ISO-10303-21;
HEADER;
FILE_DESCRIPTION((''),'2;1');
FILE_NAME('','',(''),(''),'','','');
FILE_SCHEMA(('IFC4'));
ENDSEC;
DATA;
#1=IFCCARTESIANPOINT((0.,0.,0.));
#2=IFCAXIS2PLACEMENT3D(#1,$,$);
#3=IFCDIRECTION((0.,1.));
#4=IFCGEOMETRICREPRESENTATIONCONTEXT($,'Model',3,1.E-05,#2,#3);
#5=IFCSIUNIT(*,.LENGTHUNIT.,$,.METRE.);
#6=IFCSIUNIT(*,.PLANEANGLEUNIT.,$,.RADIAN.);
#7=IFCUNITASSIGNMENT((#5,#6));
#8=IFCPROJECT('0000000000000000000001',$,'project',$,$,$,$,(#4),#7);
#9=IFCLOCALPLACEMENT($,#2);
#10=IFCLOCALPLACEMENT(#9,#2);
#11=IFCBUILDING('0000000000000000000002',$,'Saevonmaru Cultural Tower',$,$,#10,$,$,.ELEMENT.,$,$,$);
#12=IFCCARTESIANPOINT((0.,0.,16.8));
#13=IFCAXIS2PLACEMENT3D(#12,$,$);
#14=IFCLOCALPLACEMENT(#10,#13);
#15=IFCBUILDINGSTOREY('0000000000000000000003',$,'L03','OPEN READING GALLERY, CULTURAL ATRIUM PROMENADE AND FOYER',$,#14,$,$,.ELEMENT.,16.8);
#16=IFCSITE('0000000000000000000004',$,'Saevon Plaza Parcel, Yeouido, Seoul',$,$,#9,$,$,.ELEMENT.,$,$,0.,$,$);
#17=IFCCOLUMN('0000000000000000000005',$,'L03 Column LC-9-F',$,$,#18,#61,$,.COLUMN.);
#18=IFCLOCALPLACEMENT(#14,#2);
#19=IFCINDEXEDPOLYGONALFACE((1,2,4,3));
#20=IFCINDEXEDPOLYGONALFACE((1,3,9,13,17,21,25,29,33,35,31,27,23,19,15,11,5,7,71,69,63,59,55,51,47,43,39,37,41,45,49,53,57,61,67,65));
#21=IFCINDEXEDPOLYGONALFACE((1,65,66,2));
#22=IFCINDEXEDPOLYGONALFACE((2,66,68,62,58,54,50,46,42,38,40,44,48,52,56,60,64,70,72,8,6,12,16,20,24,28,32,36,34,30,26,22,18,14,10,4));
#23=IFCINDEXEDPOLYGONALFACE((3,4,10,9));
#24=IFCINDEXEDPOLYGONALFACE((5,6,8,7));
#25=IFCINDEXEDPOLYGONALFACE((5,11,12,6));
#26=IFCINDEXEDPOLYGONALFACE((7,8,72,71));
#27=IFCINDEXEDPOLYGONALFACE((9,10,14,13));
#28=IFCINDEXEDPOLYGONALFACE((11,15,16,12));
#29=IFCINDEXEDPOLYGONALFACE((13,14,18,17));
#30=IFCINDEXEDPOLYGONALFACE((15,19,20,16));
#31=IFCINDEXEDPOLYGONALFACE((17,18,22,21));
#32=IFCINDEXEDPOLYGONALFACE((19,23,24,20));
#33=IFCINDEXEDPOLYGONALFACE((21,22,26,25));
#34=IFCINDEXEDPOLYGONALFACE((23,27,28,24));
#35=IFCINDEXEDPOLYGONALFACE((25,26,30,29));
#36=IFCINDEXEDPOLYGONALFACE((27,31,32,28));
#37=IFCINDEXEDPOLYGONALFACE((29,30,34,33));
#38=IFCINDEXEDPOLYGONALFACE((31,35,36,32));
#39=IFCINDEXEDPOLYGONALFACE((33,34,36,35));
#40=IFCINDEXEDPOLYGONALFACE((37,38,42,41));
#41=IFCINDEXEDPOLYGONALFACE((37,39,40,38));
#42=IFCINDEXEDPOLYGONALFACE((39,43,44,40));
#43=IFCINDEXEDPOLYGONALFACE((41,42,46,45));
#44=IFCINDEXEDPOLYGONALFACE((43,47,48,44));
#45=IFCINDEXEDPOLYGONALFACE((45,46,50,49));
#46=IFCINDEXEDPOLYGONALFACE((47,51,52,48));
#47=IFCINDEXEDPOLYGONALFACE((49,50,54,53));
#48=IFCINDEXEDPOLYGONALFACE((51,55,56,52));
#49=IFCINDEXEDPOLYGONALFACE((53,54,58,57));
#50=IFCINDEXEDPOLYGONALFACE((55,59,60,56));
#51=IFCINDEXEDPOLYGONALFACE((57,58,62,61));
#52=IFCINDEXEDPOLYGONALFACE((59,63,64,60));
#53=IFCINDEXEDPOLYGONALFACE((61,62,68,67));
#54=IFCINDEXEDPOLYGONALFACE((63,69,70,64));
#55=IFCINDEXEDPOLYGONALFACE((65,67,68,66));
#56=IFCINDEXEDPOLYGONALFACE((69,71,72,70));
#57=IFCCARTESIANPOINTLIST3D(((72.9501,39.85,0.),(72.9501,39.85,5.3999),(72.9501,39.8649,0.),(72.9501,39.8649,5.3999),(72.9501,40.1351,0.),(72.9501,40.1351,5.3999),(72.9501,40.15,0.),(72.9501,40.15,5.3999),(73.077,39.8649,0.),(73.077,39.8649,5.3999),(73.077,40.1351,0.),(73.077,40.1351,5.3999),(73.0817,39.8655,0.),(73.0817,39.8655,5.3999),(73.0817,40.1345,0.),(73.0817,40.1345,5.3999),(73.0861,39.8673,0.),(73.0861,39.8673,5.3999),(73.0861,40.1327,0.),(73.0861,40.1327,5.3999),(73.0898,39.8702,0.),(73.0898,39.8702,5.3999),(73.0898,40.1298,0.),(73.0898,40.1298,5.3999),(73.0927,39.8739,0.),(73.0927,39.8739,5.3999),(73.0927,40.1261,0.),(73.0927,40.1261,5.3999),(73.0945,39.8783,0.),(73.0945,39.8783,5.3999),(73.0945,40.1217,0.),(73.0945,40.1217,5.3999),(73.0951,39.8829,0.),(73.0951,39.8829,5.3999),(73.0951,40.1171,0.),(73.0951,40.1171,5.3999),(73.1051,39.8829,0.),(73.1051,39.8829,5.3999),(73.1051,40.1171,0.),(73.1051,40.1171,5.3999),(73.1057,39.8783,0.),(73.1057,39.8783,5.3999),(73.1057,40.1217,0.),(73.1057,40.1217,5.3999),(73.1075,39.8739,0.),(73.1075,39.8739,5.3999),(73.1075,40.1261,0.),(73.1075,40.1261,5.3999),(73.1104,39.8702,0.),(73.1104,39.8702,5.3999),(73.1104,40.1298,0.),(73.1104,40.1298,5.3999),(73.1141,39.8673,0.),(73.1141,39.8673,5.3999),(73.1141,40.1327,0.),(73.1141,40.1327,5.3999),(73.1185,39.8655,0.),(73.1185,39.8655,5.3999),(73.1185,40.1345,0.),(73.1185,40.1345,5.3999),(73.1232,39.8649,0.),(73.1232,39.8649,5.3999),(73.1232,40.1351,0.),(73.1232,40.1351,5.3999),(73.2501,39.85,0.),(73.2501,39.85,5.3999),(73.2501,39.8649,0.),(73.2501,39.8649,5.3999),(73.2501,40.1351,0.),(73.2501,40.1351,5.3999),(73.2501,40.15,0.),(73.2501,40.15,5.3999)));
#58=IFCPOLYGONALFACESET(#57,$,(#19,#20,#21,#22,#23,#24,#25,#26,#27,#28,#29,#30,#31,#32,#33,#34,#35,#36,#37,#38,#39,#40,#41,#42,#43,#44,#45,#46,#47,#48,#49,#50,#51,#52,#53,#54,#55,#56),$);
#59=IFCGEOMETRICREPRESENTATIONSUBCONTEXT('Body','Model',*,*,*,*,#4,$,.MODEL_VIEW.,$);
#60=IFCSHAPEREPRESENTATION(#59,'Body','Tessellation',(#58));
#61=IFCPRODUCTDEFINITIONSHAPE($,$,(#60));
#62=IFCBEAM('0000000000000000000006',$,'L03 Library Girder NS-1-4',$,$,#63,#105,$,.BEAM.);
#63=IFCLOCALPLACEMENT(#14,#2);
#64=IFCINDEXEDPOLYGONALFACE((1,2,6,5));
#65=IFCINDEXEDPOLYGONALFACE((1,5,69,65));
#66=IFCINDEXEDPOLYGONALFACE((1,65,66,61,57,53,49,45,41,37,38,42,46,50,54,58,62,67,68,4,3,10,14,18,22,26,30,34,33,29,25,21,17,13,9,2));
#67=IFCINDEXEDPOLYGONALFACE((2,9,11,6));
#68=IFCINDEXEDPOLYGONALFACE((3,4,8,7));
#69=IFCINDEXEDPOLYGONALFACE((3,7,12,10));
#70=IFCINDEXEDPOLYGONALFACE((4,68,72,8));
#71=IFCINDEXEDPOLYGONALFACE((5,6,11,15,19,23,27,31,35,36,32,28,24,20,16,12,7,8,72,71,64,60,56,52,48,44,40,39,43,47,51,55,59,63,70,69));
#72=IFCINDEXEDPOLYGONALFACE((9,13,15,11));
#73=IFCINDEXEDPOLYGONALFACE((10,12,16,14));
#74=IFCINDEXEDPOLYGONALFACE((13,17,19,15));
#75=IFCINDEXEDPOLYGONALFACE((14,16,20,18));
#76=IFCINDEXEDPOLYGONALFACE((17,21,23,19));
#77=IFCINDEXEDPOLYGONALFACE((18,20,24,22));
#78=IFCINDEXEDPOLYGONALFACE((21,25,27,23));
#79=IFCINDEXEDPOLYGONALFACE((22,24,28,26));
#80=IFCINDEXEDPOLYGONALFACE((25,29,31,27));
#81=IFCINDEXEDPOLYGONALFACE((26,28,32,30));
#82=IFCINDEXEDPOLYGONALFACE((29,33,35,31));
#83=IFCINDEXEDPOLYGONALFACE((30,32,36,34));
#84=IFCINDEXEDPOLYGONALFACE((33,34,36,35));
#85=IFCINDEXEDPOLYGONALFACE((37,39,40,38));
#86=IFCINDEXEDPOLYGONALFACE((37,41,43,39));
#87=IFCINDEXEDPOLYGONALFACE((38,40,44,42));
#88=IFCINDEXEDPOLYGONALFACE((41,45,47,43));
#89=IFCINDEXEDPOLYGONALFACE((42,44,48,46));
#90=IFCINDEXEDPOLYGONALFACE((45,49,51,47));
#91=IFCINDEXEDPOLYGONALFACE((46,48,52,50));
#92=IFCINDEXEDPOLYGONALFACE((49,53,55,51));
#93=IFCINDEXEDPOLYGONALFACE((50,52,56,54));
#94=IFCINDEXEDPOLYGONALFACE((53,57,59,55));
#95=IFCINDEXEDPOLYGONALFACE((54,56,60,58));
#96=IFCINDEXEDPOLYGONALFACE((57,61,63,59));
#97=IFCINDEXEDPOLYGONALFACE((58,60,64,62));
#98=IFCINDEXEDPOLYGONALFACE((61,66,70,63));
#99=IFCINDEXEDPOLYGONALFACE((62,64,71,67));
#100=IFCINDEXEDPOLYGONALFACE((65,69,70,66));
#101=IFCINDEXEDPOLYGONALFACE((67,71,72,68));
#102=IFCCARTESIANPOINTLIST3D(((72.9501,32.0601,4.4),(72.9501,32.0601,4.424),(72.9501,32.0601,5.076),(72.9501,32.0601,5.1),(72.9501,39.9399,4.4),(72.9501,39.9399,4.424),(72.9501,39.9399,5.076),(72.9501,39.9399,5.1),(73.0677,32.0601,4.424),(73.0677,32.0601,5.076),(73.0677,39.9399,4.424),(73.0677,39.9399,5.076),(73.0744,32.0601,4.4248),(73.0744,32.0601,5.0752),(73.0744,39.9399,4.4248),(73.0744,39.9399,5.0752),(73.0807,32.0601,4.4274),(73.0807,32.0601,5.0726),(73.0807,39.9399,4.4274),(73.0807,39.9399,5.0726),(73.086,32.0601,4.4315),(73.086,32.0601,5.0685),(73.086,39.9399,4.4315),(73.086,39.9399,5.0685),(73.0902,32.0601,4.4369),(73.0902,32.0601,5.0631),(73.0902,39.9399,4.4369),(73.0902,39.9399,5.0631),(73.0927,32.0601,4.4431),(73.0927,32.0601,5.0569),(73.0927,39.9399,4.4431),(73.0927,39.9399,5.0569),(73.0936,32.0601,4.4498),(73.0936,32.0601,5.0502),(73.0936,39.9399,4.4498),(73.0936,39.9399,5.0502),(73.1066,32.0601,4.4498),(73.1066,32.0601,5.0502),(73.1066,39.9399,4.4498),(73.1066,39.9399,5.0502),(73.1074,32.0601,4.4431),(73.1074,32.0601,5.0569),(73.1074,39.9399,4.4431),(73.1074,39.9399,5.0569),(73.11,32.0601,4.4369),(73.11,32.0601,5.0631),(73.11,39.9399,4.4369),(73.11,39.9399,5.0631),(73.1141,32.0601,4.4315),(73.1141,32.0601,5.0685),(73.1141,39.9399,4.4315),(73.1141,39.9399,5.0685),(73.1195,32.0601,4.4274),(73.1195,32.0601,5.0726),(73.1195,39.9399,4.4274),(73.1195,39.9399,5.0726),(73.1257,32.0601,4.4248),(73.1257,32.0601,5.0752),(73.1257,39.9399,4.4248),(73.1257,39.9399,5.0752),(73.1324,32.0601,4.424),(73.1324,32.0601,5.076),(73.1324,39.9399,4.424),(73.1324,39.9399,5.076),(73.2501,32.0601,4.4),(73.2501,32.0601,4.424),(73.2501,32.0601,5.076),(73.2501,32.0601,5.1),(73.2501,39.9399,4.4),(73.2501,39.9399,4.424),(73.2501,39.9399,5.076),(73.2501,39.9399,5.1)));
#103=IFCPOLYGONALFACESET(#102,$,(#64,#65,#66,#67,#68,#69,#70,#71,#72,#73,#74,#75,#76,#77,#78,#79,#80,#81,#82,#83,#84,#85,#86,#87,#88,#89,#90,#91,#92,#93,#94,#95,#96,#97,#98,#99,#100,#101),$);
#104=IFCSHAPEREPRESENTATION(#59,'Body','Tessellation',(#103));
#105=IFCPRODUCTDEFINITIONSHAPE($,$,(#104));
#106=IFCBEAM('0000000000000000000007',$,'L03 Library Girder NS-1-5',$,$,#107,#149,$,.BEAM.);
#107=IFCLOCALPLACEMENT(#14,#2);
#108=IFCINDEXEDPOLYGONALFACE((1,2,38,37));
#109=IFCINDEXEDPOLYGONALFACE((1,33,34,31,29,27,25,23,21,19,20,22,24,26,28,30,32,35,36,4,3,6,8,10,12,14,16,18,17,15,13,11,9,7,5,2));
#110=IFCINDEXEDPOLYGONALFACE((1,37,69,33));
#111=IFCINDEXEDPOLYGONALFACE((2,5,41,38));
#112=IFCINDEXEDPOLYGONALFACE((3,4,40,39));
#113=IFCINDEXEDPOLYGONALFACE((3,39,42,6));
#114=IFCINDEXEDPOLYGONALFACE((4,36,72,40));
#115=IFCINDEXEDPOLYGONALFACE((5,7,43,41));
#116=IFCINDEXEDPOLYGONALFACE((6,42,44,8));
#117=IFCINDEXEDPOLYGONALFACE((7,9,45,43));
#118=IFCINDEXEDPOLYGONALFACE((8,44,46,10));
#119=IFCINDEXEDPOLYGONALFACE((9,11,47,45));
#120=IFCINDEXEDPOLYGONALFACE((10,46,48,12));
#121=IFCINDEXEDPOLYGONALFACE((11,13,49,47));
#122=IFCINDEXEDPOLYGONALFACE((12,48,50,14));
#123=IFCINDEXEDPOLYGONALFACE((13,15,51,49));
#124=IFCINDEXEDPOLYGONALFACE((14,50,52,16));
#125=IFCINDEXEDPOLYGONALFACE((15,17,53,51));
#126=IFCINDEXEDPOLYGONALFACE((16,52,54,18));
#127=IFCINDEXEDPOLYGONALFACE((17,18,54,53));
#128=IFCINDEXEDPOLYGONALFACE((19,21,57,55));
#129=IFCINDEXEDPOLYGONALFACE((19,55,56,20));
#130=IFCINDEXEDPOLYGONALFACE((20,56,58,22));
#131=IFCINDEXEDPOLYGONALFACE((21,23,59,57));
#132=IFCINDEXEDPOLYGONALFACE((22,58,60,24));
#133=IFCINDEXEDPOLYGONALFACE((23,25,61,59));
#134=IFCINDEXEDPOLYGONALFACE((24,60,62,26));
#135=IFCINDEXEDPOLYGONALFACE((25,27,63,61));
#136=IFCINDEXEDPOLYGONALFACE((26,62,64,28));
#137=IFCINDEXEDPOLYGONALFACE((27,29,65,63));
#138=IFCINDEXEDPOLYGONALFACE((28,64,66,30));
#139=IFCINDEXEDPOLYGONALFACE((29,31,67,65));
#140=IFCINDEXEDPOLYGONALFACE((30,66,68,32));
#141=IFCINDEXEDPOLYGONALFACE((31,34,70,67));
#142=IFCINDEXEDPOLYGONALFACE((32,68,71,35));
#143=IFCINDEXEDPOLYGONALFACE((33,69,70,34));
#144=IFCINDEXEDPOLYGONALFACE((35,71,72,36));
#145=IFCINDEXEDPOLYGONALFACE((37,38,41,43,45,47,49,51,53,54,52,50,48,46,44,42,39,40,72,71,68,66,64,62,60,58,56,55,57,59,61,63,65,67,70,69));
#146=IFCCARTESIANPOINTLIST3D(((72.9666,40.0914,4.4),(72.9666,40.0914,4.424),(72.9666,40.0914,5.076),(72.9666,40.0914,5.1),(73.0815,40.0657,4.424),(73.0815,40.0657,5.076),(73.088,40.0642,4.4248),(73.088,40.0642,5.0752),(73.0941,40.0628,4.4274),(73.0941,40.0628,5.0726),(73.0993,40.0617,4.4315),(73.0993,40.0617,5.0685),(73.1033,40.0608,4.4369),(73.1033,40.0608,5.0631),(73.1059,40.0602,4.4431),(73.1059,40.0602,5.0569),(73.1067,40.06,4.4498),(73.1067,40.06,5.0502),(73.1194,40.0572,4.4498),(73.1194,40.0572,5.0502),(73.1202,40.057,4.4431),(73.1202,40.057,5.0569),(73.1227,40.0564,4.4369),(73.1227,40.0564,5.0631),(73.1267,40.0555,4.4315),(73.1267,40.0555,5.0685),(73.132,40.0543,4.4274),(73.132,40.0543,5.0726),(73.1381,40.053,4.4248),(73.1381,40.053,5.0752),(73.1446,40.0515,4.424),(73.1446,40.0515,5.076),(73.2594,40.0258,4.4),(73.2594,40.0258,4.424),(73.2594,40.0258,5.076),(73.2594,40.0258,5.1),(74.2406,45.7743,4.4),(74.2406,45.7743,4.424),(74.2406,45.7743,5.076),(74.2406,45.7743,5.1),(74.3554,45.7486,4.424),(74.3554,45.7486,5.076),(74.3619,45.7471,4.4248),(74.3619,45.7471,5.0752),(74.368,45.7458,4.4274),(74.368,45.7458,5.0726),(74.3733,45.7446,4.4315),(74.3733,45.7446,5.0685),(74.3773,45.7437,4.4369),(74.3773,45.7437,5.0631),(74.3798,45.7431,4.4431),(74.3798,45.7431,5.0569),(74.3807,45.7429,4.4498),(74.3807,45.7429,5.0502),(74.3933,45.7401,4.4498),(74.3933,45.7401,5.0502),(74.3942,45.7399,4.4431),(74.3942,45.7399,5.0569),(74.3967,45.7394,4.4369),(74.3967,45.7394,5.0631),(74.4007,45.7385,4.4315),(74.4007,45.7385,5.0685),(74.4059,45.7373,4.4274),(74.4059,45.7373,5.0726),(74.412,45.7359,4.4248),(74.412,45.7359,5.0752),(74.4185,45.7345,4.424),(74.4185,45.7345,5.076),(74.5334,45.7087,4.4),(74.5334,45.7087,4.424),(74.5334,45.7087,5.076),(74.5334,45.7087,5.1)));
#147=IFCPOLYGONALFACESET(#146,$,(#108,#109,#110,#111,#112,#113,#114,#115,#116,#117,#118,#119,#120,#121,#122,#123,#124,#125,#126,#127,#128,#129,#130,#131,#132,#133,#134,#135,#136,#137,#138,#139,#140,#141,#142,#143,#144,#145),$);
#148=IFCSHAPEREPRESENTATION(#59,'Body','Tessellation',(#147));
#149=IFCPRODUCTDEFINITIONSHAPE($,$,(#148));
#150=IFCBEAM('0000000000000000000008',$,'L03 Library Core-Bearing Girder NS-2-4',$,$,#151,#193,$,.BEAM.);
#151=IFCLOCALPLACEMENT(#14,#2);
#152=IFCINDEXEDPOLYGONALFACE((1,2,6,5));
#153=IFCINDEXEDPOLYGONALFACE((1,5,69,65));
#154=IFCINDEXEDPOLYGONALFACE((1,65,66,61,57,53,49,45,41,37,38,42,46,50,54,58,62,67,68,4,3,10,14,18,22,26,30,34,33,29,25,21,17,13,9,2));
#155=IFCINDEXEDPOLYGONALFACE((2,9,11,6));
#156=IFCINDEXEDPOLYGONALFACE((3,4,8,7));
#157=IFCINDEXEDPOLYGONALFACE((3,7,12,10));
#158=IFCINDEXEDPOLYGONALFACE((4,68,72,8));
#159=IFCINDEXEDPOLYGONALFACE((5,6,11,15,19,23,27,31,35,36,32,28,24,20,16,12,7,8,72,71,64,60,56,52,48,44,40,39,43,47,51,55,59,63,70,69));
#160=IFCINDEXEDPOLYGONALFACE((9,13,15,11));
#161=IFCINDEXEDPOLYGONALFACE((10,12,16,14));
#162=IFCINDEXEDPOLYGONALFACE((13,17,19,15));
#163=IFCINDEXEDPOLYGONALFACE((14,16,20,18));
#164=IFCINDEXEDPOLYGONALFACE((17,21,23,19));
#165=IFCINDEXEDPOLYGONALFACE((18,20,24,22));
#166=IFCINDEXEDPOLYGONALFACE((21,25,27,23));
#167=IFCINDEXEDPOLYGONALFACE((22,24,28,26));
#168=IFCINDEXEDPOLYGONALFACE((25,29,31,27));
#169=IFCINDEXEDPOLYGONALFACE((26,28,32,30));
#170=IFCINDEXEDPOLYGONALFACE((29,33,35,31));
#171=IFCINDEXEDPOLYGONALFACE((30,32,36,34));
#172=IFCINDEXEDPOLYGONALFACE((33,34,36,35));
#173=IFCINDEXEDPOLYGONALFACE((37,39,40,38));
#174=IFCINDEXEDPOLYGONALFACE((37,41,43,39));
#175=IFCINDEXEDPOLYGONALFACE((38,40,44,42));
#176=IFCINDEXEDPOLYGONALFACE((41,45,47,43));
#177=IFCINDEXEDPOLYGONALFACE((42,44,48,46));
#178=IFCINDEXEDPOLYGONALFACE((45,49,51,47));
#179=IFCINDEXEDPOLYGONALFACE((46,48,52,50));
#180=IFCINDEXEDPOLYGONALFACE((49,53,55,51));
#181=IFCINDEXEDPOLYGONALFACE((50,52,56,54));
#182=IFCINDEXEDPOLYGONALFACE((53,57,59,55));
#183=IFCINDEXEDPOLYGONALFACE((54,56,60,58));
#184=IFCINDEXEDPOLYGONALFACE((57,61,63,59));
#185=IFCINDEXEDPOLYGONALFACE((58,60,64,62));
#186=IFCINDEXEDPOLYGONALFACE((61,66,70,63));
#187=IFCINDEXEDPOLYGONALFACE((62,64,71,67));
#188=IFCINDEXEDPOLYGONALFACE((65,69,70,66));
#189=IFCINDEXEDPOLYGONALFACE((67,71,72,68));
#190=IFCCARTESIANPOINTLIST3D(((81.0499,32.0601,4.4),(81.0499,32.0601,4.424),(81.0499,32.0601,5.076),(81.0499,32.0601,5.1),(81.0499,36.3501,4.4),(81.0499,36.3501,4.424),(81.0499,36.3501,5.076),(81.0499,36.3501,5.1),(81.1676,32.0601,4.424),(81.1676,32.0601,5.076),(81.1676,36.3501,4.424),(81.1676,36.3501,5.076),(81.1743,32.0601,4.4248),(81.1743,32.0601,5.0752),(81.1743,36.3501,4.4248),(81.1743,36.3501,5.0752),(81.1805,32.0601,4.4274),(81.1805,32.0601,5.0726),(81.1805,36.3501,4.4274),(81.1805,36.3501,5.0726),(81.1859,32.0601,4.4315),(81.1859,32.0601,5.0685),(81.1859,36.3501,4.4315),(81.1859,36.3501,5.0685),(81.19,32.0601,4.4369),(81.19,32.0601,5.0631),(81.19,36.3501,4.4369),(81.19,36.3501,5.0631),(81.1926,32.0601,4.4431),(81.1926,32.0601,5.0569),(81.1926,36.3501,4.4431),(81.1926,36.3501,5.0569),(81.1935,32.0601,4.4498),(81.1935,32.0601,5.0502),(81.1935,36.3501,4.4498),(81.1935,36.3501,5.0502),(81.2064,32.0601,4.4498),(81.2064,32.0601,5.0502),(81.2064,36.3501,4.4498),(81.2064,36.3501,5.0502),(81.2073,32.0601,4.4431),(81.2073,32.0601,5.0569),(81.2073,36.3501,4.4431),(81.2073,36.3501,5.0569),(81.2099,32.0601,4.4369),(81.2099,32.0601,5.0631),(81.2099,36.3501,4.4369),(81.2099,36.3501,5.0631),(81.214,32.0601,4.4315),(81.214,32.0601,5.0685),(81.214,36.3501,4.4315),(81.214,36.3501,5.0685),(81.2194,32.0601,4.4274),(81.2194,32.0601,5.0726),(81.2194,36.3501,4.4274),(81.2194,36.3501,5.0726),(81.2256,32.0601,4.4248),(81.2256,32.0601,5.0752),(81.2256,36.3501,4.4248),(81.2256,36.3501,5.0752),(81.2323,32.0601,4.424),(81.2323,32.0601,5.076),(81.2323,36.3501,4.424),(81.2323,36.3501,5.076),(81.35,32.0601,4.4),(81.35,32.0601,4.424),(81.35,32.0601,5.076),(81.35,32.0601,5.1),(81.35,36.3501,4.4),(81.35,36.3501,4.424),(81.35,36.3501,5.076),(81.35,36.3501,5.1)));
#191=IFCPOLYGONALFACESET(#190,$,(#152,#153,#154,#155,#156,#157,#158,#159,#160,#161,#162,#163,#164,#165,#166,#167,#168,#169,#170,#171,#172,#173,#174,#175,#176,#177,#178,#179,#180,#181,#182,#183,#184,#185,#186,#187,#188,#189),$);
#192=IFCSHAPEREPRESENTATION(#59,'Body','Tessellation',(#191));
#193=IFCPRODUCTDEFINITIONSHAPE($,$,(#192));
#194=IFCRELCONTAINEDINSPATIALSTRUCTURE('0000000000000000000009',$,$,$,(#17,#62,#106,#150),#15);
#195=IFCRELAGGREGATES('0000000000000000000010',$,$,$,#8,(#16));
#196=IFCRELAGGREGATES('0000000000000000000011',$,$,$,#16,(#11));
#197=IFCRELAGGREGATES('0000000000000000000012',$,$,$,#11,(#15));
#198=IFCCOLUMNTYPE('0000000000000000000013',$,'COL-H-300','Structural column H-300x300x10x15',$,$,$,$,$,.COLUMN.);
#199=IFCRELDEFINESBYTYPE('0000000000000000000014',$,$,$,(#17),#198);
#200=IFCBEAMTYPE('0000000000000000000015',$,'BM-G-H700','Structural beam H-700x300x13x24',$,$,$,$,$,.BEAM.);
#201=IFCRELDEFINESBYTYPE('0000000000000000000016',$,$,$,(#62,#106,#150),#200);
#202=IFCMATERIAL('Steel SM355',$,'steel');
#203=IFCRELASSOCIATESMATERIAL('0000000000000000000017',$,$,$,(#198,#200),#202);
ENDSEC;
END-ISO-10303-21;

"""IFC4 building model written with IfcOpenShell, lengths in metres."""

from ifc_helpers import new_model, si_unit, direction, frame, origin, origin_2d, place, context, subcontext, project, spatial, i_section, extrude, material, material_profile, profile_set, type_object, element, save


model = new_model("IFC4")

# Units and contexts
model_context = context("Model", 3, precision=1e-05, world=origin(), true_north=direction((0.0, 1.0)))
body_context = subcontext(model_context, "Body", "Model", "MODEL_VIEW")
ifc_project = project(units=[si_unit("LENGTHUNIT", "METRE"), si_unit("PLANEANGLEUNIT", "RADIAN")], contexts=[model_context])

# Site, building, storey
site_placement = place(None, origin())
site = spatial("IfcSite", under=ifc_project, at=site_placement, Name="Saevon Plaza Parcel, Yeouido, Seoul", CompositionType="ELEMENT", RefElevation=0.0)
building_placement = place(site_placement, origin())
building = spatial("IfcBuilding", under=site, at=building_placement, Name="Saevonmaru Cultural Tower", CompositionType="ELEMENT")
storey_placement = place(building_placement, frame((0.0, 0.0, 16.8)))
storey = spatial("IfcBuildingStorey", under=building, at=storey_placement, Name="L03", Description="OPEN READING GALLERY, CULTURAL ATRIUM PROMENADE AND FOYER", CompositionType="ELEMENT", Elevation=16.8)

# Column
ifc_material_1 = material(Name="Steel SM355", Category="steel")
ifc_material_profile_1 = material_profile(ifc_material_1, i_section(OverallWidth=0.3, OverallDepth=0.3, WebThickness=0.01, FlangeThickness=0.0149, FilletRadius=0.0181, at=origin_2d()), Name="H-300x300x10x15")
ifc_profile_set_1 = profile_set([ifc_material_profile_1], Name="Steel SM355")
column_type = type_object("IfcColumnType", Name="COL-H-300", Description="Structural column H-300x300x10x15", PredefinedType="COLUMN", material=ifc_profile_set_1)
column_placement = place(storey_placement, frame((73.1001, 40.0, 0.0), z_axis=(0.0, 0.0, 1.0), x_axis=(1.0, 0.0, 0.0)))
element("IfcColumn", 1, at=column_placement, inside=storey, type_object=column_type, Name="L03 Column LC-9-F", PredefinedType="COLUMN", context=body_context, shape_type="SweptSolid", body=[
    extrude(i_section(OverallWidth=0.3, OverallDepth=0.3, WebThickness=0.01, FlangeThickness=0.0149, FilletRadius=0.0181, at=origin_2d()), origin(), (0.0, 0.0, 1.0), 5.3999),
])

# Beams
ifc_material_profile_2 = material_profile(ifc_material_1, i_section(OverallWidth=0.3, OverallDepth=0.7, WebThickness=0.0129, FlangeThickness=0.0239, FilletRadius=0.0259, at=origin_2d()), Name="H-700x300x13x24")
ifc_profile_set_2 = profile_set([ifc_material_profile_2], Name="Steel SM355")
beam_type = type_object("IfcBeamType", Name="BM-G-H700", Description="Structural beam H-700x300x13x24", PredefinedType="BEAM", material=ifc_profile_set_2)
beam_1_placement = place(storey_placement, frame((73.1001, 32.0601, 4.75), z_axis=(0.0, 1.0, 0.0), x_axis=(-1.0, 0.0, 0.0)))
element("IfcBeam", 2, at=beam_1_placement, inside=storey, type_object=beam_type, Name="L03 Library Girder NS-1-4", PredefinedType="BEAM", context=body_context, shape_type="SweptSolid", body=[
    extrude(i_section(OverallWidth=0.3, OverallDepth=0.7, WebThickness=0.0129, FlangeThickness=0.0239, FilletRadius=0.0259, at=origin_2d()), origin(), (0.0, 0.0, 1.0), 7.8799),
])
beam_2_placement = place(storey_placement, frame((73.113, 40.0586, 4.75), z_axis=(0.218741, 0.975783, 0.0), x_axis=(-0.975783, 0.218741, 0.0)))
element("IfcBeam", 3, at=beam_2_placement, inside=storey, type_object=beam_type, Name="L03 Library Girder NS-1-5", PredefinedType="BEAM", context=body_context, shape_type="SweptSolid", body=[
    extrude(i_section(OverallWidth=0.3, OverallDepth=0.7, WebThickness=0.0129, FlangeThickness=0.0239, FilletRadius=0.0259, at=origin_2d()), origin(), (0.0, 0.0, 1.0), 5.824),
])
beam_3_placement = place(storey_placement, frame((81.2, 32.0601, 4.75), z_axis=(0.0, 1.0, 0.0), x_axis=(-1.0, 0.0, 0.0)))
element("IfcBeam", 4, at=beam_3_placement, inside=storey, type_object=beam_type, Name="L03 Library Core-Bearing Girder NS-2-4", PredefinedType="BEAM", context=body_context, shape_type="SweptSolid", body=[
    extrude(i_section(OverallWidth=0.3, OverallDepth=0.7, WebThickness=0.0129, FlangeThickness=0.0239, FilletRadius=0.0259, at=origin_2d()), origin(), (0.0, 0.0, 1.0), 4.29),
])

save(model, "model.ifc")
